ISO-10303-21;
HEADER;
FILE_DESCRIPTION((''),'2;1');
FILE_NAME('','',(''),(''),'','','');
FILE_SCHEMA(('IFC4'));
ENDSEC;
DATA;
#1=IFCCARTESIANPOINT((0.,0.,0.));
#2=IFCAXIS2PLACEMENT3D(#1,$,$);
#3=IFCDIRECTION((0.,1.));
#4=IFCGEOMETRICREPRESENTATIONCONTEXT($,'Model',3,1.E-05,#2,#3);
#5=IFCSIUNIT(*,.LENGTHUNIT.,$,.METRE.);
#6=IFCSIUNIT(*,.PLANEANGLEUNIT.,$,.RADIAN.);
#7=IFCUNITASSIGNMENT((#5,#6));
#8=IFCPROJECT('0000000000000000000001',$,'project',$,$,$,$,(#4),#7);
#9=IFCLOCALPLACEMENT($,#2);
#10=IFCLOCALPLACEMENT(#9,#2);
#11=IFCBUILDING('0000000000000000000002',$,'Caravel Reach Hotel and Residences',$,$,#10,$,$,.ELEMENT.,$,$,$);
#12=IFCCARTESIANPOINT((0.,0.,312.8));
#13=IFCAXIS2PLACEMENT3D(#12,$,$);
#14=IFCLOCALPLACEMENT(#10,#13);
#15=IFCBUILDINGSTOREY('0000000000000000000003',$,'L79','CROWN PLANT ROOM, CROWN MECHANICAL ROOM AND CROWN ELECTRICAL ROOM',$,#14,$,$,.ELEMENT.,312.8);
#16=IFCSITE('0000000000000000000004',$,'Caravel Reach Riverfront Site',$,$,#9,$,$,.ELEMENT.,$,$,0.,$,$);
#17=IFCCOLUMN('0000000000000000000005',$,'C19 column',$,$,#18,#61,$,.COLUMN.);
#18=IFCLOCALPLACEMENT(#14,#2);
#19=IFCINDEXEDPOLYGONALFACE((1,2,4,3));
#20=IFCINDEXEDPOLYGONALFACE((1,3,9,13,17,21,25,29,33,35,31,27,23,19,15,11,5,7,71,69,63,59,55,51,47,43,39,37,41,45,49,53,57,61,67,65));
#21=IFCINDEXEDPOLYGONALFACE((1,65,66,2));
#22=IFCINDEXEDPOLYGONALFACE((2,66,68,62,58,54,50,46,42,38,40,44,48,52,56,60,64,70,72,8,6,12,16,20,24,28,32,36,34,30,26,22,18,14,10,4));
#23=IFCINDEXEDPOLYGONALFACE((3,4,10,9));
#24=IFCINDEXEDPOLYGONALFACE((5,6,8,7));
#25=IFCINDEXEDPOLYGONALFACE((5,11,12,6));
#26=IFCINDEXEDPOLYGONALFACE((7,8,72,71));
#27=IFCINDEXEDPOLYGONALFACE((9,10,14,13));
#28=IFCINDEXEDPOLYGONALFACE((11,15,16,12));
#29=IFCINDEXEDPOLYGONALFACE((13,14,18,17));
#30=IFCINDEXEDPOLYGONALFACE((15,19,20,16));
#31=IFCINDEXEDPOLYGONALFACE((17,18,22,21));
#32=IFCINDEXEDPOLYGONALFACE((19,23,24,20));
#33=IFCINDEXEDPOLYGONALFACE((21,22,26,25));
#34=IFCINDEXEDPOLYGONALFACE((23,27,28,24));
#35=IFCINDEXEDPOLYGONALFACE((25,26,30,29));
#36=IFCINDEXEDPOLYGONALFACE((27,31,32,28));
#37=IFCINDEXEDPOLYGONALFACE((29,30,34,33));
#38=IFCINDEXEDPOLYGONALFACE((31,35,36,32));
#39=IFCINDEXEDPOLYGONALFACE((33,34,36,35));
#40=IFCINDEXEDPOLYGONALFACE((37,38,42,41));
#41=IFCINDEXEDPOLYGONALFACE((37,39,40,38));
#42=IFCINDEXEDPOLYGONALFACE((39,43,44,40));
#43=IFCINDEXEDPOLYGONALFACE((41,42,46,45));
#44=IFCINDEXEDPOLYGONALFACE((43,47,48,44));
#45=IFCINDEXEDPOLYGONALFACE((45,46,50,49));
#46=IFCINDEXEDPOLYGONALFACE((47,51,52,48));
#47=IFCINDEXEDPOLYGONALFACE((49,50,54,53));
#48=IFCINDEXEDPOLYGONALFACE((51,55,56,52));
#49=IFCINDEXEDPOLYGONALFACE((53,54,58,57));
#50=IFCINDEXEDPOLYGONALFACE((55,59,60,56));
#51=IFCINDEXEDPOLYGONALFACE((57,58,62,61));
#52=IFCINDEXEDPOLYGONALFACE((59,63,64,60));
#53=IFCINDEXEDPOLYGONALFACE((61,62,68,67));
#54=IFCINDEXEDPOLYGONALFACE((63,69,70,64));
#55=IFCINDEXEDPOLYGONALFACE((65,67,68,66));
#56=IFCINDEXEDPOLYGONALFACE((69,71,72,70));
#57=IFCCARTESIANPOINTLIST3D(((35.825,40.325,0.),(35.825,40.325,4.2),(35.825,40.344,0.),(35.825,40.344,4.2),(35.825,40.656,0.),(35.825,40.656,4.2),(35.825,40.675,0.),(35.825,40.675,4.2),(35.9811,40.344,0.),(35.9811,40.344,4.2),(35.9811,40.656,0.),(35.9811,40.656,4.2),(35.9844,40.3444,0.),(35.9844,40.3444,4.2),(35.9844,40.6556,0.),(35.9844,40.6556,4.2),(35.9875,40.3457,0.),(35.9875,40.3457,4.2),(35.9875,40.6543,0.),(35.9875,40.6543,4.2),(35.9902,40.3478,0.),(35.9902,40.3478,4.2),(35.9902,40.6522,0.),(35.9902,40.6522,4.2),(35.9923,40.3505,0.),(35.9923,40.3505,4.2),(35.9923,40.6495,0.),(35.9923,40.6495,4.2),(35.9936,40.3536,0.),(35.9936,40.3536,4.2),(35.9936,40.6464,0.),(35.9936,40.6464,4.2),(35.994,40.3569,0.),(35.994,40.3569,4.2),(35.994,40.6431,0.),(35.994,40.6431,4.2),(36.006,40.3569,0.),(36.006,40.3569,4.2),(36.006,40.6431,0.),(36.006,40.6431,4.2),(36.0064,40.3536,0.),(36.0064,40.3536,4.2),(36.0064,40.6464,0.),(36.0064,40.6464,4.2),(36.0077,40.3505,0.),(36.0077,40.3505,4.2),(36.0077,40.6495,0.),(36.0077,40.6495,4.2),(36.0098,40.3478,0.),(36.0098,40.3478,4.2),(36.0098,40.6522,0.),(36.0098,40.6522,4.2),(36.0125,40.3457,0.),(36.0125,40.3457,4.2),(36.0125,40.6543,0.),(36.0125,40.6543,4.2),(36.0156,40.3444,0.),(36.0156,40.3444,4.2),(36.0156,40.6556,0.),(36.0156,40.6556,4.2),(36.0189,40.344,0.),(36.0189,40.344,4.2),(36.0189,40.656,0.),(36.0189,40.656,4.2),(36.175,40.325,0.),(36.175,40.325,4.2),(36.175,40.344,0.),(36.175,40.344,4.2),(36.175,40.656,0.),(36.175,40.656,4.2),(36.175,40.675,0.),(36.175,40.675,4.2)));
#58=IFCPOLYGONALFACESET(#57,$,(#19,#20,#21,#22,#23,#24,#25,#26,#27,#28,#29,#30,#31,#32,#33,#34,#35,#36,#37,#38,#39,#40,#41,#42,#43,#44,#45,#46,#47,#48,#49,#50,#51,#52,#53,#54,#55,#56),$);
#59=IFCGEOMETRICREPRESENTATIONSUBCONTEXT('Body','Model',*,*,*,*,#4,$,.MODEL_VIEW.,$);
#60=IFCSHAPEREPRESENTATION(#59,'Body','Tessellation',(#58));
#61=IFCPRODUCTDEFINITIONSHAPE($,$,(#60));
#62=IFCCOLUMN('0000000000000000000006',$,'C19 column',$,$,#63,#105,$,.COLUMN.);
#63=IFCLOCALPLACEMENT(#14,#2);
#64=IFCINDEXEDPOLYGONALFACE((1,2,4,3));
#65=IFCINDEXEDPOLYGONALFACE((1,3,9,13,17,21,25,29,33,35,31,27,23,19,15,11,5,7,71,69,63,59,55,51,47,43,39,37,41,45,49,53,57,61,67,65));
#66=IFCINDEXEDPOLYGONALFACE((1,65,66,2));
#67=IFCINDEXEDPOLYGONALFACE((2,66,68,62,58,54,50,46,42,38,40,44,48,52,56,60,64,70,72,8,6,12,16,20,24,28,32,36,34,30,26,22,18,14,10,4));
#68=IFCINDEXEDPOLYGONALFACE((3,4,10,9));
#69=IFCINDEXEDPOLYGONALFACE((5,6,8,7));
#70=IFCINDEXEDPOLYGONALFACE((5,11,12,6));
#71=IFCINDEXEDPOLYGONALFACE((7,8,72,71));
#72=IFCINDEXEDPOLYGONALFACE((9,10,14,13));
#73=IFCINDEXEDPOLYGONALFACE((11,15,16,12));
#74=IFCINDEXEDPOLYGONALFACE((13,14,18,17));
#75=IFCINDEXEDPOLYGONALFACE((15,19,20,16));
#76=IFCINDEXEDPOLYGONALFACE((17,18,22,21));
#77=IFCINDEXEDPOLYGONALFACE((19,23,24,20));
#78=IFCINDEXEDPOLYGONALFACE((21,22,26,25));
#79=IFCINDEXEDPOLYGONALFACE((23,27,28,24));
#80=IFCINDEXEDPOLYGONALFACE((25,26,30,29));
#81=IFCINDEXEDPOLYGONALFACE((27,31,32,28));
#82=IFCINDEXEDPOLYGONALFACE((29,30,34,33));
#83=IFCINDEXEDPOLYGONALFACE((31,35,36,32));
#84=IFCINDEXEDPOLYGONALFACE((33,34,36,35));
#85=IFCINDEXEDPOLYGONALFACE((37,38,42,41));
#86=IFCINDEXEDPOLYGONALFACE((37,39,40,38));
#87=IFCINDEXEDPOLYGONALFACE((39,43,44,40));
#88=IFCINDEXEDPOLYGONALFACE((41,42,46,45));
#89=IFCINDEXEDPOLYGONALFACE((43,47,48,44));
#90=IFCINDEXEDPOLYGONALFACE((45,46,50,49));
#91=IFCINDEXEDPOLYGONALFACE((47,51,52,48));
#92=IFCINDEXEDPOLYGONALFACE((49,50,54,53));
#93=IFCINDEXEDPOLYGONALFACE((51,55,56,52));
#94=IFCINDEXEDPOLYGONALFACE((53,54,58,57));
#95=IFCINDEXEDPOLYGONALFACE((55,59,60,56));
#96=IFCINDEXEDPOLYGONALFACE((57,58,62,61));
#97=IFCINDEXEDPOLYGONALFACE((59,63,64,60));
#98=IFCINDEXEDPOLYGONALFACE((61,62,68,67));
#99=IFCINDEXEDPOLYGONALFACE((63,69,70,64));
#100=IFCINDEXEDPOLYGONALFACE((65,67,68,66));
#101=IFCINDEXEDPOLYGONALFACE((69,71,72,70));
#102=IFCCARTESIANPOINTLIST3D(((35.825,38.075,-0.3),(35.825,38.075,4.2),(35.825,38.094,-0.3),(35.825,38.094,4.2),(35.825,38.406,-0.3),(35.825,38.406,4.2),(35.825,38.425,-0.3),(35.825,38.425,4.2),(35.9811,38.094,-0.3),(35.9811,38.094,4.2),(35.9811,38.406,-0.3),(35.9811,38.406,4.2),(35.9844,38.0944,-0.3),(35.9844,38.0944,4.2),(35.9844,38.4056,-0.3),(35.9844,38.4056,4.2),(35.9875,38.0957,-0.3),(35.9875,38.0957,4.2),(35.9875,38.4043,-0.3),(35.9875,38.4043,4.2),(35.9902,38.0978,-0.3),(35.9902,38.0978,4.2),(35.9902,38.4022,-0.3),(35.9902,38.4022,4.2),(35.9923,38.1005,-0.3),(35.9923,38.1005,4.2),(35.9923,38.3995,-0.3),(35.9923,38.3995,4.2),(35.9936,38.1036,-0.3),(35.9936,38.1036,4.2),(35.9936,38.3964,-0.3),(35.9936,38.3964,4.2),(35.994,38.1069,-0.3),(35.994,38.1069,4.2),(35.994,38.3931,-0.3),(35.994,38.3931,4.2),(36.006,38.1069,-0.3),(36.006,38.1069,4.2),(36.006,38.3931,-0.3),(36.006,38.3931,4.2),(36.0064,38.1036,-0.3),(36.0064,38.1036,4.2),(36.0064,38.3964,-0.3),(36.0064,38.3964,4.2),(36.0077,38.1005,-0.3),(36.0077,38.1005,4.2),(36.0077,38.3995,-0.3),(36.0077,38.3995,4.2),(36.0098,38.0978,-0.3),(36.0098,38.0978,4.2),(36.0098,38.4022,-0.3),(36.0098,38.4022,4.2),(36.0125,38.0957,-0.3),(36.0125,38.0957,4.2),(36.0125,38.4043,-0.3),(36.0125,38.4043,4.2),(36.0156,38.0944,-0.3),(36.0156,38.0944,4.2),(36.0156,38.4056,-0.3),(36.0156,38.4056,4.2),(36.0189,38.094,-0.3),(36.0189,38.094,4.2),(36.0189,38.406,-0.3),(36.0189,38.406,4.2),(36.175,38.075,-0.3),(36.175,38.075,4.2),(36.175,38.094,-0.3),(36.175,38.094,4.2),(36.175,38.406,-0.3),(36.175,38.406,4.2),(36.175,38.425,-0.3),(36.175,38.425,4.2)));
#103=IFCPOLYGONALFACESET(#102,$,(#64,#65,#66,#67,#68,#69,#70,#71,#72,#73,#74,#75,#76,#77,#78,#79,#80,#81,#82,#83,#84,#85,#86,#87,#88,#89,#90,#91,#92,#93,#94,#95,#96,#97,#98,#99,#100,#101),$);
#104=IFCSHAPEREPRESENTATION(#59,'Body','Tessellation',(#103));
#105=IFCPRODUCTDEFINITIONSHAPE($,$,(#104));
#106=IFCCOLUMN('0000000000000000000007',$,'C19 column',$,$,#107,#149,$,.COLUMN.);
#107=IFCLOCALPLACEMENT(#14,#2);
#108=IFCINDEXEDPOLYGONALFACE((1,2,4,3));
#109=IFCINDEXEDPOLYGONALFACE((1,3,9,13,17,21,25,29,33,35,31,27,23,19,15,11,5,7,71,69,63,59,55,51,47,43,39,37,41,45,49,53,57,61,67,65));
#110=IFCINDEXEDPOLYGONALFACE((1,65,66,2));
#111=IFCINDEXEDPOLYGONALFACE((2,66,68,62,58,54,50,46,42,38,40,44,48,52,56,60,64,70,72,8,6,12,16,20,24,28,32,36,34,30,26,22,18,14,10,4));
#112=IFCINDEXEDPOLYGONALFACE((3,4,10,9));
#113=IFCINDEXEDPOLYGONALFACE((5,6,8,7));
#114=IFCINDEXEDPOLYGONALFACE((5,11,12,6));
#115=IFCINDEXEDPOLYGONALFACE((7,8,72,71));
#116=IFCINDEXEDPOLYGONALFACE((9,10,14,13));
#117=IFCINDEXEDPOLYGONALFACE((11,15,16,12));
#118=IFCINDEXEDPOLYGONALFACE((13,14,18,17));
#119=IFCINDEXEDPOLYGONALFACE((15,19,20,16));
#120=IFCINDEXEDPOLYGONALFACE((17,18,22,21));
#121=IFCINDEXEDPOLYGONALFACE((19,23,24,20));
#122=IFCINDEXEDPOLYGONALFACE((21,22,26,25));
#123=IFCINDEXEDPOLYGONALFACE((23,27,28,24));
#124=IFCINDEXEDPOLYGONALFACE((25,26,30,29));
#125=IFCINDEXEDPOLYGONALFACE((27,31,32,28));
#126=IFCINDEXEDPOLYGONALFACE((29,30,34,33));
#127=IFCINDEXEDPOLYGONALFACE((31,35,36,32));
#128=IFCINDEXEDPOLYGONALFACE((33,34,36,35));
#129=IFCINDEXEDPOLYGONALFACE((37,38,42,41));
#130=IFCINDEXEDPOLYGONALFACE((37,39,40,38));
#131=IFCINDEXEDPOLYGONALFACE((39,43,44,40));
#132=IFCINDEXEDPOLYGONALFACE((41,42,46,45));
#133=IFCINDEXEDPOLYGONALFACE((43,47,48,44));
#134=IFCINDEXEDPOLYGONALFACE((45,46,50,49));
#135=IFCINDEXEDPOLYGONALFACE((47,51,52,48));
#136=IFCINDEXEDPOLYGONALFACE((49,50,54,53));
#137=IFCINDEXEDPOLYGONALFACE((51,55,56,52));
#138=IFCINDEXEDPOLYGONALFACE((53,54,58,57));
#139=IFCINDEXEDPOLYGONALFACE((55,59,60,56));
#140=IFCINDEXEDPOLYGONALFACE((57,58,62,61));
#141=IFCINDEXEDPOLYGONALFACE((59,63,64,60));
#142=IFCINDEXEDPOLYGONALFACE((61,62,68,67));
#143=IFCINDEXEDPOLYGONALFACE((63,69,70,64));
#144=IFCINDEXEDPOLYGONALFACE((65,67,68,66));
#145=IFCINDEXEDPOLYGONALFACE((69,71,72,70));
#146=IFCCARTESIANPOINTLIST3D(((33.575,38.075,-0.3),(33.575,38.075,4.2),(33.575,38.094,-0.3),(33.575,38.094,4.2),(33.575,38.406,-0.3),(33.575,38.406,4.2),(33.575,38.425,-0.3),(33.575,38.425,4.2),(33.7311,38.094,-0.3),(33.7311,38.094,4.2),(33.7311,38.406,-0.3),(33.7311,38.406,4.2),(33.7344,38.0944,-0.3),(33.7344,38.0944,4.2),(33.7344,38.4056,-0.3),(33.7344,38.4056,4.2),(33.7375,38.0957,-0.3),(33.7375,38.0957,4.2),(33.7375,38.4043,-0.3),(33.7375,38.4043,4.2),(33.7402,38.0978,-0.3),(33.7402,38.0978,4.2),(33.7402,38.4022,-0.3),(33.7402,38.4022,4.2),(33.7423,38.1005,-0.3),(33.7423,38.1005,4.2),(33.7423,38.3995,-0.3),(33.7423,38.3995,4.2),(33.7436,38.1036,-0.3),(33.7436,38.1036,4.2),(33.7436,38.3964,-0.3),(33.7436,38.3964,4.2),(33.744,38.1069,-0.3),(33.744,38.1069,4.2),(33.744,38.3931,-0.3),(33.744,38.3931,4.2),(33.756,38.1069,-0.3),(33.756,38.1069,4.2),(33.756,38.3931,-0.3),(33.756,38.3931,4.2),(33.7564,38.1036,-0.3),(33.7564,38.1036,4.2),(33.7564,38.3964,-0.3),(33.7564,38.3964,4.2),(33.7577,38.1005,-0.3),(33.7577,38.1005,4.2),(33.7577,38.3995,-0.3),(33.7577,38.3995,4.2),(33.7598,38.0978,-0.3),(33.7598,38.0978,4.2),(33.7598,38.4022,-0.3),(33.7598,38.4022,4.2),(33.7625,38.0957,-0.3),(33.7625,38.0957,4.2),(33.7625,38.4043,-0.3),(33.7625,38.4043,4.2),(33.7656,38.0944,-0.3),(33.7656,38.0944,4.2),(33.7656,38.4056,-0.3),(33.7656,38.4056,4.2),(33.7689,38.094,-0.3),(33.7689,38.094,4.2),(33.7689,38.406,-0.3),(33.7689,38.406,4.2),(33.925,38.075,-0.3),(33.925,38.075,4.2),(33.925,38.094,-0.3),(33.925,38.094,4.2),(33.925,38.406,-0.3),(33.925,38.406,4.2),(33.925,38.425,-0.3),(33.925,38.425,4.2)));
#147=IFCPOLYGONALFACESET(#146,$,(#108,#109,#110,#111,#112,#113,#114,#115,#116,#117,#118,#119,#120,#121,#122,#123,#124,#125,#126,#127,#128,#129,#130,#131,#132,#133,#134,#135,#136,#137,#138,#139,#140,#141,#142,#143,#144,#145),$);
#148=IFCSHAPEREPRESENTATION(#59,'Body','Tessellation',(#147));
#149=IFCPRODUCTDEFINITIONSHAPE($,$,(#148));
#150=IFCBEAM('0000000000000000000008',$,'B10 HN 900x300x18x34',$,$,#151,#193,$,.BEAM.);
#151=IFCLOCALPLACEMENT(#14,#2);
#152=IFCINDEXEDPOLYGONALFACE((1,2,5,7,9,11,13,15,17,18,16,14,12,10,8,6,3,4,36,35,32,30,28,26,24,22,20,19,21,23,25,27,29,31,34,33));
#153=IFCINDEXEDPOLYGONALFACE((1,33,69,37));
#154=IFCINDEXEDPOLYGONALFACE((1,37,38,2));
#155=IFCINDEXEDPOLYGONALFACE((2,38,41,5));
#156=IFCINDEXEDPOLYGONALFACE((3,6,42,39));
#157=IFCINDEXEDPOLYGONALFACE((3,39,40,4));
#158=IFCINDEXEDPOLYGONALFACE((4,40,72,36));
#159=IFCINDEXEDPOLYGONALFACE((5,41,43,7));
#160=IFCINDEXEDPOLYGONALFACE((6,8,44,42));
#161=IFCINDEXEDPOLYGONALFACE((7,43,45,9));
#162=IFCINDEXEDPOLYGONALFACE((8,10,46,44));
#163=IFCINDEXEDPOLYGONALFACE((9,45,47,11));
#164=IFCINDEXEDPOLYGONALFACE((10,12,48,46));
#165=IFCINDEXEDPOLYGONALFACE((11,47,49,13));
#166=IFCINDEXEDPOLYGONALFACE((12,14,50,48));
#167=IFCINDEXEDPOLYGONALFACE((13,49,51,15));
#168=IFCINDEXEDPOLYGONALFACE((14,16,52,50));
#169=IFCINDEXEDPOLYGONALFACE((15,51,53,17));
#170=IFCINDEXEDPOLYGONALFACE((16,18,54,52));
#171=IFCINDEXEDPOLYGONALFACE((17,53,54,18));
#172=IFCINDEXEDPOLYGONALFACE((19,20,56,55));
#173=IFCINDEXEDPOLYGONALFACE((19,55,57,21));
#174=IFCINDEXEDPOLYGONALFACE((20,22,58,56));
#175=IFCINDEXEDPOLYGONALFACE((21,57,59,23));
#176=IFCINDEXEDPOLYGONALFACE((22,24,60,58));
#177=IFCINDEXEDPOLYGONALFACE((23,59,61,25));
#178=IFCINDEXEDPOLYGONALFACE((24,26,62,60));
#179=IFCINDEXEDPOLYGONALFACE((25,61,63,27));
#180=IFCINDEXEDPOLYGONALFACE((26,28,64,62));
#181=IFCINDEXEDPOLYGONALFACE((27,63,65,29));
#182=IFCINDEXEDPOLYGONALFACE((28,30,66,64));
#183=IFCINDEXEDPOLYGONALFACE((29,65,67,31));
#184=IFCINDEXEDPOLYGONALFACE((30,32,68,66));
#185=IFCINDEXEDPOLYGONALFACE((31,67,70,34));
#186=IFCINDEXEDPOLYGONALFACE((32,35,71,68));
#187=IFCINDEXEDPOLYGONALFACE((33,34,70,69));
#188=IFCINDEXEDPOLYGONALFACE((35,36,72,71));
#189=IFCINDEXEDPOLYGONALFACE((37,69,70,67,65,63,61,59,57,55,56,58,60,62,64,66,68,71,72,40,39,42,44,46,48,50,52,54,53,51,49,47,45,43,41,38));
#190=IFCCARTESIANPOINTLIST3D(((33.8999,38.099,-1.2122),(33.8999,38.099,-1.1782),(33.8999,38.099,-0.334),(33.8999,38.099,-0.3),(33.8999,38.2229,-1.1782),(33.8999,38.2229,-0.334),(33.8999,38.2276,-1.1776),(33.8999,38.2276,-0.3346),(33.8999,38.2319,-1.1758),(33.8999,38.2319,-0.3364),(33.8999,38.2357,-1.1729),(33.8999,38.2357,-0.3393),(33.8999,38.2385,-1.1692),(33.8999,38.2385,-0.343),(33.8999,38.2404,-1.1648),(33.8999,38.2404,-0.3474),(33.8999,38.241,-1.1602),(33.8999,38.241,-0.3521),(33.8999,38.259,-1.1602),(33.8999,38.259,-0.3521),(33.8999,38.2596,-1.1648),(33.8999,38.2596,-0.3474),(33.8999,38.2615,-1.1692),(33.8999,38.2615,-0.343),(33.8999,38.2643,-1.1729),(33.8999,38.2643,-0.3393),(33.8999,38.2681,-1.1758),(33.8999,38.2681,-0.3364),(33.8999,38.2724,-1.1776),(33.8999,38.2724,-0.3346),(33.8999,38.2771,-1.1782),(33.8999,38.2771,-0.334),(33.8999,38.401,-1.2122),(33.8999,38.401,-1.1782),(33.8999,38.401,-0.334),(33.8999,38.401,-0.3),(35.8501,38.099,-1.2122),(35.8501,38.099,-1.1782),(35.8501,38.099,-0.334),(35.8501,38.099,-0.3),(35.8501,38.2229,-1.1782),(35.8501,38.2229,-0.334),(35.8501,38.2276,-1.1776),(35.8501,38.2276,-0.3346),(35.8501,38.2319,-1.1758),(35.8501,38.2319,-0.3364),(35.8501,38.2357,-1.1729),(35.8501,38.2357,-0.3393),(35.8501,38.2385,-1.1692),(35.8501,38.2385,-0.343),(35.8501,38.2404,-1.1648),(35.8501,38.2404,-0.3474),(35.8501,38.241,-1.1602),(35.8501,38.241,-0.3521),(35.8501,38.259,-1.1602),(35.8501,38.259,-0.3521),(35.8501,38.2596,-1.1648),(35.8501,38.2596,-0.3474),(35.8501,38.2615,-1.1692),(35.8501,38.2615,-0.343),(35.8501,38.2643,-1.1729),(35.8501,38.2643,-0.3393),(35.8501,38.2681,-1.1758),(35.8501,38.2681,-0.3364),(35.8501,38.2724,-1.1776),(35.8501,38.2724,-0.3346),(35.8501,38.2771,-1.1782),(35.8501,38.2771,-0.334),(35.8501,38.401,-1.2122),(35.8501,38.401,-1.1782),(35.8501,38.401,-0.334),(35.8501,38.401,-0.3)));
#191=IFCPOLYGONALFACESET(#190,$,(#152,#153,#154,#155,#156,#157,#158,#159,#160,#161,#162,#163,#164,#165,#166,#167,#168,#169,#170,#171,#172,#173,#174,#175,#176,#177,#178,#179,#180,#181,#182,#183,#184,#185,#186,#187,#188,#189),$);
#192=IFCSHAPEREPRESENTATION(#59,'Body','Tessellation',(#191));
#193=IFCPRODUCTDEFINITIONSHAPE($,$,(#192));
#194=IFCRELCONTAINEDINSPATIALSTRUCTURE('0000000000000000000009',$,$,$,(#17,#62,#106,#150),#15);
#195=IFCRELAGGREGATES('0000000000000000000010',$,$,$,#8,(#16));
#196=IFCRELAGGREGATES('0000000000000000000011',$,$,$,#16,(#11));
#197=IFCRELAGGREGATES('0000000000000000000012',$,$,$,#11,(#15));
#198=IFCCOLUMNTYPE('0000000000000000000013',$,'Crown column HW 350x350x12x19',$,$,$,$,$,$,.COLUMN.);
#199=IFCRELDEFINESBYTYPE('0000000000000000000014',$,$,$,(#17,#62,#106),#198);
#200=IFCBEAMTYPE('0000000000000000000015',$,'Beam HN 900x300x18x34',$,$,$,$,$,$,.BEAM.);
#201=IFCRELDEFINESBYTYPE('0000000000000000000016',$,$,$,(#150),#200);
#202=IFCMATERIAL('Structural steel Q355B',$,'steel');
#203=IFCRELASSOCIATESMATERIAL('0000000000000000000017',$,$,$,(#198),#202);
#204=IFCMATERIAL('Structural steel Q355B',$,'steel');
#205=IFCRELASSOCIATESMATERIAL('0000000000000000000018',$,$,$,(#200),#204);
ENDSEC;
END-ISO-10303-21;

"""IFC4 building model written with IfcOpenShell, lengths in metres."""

from ifc_helpers import new_model, si_unit, direction, frame, origin, origin_2d, place, context, subcontext, project, spatial, i_section, extrude, material, material_profile, profile_set, type_object, element, save


model = new_model("IFC4")

# Units and contexts
model_context = context("Model", 3, precision=1e-05, world=origin(), true_north=direction((0.0, 1.0)))
body_context = subcontext(model_context, "Body", "Model", "MODEL_VIEW")
ifc_project = project(units=[si_unit("LENGTHUNIT", "METRE"), si_unit("PLANEANGLEUNIT", "RADIAN")], contexts=[model_context])

# Site, building, storey
site_placement = place(None, origin())
site = spatial("IfcSite", under=ifc_project, at=site_placement, Name="Caravel Reach Riverfront Site", CompositionType="ELEMENT", RefElevation=0.0)
building_placement = place(site_placement, origin())
building = spatial("IfcBuilding", under=site, at=building_placement, Name="Caravel Reach Hotel and Residences", CompositionType="ELEMENT")
storey_placement = place(building_placement, frame((0.0, 0.0, 312.8)))
storey = spatial("IfcBuildingStorey", under=building, at=storey_placement, Name="L79", Description="CROWN PLANT ROOM, CROWN MECHANICAL ROOM AND CROWN ELECTRICAL ROOM", CompositionType="ELEMENT", Elevation=312.8)

# Columns
ifc_material_1 = material(Name="Structural steel Q355B", Category="steel")
ifc_material_profile_1 = material_profile(ifc_material_1, i_section(OverallWidth=0.3501, OverallDepth=0.3501, WebThickness=0.012, FlangeThickness=0.019, FilletRadius=0.0129, at=origin_2d()), Name="HW 350x350x12x19")
ifc_profile_set_1 = profile_set([ifc_material_profile_1], Name="Structural steel Q355B")
column_type = type_object("IfcColumnType", Name="Crown column HW 350x350x12x19", PredefinedType="COLUMN", material=ifc_profile_set_1)
column_placement = place(storey_placement, frame((36.0, 40.5, 0.0), z_axis=(0.0, 0.0, 1.0), x_axis=(1.0, 0.0, 0.0)))
element("IfcColumn", 1, at=column_placement, inside=storey, type_object=column_type, Name="C19 column", PredefinedType="COLUMN", context=body_context, shape_type="SweptSolid", body=[
    extrude(i_section(OverallWidth=0.3501, OverallDepth=0.3501, WebThickness=0.012, FlangeThickness=0.019, FilletRadius=0.0129, at=origin_2d()), origin(), (0.0, 0.0, 1.0), 4.2),
])
for number, where, z_axis, x_axis, name in (
    (2, (36.0, 38.25, -0.3), (0.0, 0.0, 1.0), (1.0, 0.0, 0.0), "C19 column"),
    (3, (33.75, 38.25, -0.3), (0.0, 0.0, 1.0), (1.0, 0.0, 0.0), "C19 column"),
):
    element("IfcColumn", number, at=place(storey_placement, frame(where, z_axis=z_axis, x_axis=x_axis)), inside=storey, type_object=column_type, Name=name, PredefinedType="COLUMN", context=body_context, shape_type="SweptSolid", body=[
        extrude(i_section(OverallWidth=0.3501, OverallDepth=0.3501, WebThickness=0.012, FlangeThickness=0.019, FilletRadius=0.0129, at=origin_2d()), origin(), (0.0, 0.0, 1.0), 4.5),
    ])

# Beam
ifc_material_2 = material(Name="Structural steel Q355B", Category="steel")
ifc_material_profile_2 = material_profile(ifc_material_2, i_section(OverallWidth=0.302, OverallDepth=0.9121, WebThickness=0.0181, FlangeThickness=0.0339, FilletRadius=0.0181, at=origin_2d()), Name="HN 900x300x18x34")
ifc_profile_set_2 = profile_set([ifc_material_profile_2], Name="Structural steel Q355B")
beam_type = type_object("IfcBeamType", Name="Beam HN 900x300x18x34", PredefinedType="BEAM", material=ifc_profile_set_2)
beam_placement = place(storey_placement, frame((35.8501, 38.25, -0.7561), z_axis=(-1.0, 0.0, 0.0), x_axis=(0.0, -1.0, 0.0)))
element("IfcBeam", 4, at=beam_placement, inside=storey, type_object=beam_type, Name="B10 HN 900x300x18x34", PredefinedType="BEAM", context=body_context, shape_type="SweptSolid", body=[
    extrude(i_section(OverallWidth=0.302, OverallDepth=0.9121, WebThickness=0.0181, FlangeThickness=0.0339, FilletRadius=0.0181, at=origin_2d()), origin(), (0.0, 0.0, 1.0), 1.9502),
])

save(model, "model.ifc")
